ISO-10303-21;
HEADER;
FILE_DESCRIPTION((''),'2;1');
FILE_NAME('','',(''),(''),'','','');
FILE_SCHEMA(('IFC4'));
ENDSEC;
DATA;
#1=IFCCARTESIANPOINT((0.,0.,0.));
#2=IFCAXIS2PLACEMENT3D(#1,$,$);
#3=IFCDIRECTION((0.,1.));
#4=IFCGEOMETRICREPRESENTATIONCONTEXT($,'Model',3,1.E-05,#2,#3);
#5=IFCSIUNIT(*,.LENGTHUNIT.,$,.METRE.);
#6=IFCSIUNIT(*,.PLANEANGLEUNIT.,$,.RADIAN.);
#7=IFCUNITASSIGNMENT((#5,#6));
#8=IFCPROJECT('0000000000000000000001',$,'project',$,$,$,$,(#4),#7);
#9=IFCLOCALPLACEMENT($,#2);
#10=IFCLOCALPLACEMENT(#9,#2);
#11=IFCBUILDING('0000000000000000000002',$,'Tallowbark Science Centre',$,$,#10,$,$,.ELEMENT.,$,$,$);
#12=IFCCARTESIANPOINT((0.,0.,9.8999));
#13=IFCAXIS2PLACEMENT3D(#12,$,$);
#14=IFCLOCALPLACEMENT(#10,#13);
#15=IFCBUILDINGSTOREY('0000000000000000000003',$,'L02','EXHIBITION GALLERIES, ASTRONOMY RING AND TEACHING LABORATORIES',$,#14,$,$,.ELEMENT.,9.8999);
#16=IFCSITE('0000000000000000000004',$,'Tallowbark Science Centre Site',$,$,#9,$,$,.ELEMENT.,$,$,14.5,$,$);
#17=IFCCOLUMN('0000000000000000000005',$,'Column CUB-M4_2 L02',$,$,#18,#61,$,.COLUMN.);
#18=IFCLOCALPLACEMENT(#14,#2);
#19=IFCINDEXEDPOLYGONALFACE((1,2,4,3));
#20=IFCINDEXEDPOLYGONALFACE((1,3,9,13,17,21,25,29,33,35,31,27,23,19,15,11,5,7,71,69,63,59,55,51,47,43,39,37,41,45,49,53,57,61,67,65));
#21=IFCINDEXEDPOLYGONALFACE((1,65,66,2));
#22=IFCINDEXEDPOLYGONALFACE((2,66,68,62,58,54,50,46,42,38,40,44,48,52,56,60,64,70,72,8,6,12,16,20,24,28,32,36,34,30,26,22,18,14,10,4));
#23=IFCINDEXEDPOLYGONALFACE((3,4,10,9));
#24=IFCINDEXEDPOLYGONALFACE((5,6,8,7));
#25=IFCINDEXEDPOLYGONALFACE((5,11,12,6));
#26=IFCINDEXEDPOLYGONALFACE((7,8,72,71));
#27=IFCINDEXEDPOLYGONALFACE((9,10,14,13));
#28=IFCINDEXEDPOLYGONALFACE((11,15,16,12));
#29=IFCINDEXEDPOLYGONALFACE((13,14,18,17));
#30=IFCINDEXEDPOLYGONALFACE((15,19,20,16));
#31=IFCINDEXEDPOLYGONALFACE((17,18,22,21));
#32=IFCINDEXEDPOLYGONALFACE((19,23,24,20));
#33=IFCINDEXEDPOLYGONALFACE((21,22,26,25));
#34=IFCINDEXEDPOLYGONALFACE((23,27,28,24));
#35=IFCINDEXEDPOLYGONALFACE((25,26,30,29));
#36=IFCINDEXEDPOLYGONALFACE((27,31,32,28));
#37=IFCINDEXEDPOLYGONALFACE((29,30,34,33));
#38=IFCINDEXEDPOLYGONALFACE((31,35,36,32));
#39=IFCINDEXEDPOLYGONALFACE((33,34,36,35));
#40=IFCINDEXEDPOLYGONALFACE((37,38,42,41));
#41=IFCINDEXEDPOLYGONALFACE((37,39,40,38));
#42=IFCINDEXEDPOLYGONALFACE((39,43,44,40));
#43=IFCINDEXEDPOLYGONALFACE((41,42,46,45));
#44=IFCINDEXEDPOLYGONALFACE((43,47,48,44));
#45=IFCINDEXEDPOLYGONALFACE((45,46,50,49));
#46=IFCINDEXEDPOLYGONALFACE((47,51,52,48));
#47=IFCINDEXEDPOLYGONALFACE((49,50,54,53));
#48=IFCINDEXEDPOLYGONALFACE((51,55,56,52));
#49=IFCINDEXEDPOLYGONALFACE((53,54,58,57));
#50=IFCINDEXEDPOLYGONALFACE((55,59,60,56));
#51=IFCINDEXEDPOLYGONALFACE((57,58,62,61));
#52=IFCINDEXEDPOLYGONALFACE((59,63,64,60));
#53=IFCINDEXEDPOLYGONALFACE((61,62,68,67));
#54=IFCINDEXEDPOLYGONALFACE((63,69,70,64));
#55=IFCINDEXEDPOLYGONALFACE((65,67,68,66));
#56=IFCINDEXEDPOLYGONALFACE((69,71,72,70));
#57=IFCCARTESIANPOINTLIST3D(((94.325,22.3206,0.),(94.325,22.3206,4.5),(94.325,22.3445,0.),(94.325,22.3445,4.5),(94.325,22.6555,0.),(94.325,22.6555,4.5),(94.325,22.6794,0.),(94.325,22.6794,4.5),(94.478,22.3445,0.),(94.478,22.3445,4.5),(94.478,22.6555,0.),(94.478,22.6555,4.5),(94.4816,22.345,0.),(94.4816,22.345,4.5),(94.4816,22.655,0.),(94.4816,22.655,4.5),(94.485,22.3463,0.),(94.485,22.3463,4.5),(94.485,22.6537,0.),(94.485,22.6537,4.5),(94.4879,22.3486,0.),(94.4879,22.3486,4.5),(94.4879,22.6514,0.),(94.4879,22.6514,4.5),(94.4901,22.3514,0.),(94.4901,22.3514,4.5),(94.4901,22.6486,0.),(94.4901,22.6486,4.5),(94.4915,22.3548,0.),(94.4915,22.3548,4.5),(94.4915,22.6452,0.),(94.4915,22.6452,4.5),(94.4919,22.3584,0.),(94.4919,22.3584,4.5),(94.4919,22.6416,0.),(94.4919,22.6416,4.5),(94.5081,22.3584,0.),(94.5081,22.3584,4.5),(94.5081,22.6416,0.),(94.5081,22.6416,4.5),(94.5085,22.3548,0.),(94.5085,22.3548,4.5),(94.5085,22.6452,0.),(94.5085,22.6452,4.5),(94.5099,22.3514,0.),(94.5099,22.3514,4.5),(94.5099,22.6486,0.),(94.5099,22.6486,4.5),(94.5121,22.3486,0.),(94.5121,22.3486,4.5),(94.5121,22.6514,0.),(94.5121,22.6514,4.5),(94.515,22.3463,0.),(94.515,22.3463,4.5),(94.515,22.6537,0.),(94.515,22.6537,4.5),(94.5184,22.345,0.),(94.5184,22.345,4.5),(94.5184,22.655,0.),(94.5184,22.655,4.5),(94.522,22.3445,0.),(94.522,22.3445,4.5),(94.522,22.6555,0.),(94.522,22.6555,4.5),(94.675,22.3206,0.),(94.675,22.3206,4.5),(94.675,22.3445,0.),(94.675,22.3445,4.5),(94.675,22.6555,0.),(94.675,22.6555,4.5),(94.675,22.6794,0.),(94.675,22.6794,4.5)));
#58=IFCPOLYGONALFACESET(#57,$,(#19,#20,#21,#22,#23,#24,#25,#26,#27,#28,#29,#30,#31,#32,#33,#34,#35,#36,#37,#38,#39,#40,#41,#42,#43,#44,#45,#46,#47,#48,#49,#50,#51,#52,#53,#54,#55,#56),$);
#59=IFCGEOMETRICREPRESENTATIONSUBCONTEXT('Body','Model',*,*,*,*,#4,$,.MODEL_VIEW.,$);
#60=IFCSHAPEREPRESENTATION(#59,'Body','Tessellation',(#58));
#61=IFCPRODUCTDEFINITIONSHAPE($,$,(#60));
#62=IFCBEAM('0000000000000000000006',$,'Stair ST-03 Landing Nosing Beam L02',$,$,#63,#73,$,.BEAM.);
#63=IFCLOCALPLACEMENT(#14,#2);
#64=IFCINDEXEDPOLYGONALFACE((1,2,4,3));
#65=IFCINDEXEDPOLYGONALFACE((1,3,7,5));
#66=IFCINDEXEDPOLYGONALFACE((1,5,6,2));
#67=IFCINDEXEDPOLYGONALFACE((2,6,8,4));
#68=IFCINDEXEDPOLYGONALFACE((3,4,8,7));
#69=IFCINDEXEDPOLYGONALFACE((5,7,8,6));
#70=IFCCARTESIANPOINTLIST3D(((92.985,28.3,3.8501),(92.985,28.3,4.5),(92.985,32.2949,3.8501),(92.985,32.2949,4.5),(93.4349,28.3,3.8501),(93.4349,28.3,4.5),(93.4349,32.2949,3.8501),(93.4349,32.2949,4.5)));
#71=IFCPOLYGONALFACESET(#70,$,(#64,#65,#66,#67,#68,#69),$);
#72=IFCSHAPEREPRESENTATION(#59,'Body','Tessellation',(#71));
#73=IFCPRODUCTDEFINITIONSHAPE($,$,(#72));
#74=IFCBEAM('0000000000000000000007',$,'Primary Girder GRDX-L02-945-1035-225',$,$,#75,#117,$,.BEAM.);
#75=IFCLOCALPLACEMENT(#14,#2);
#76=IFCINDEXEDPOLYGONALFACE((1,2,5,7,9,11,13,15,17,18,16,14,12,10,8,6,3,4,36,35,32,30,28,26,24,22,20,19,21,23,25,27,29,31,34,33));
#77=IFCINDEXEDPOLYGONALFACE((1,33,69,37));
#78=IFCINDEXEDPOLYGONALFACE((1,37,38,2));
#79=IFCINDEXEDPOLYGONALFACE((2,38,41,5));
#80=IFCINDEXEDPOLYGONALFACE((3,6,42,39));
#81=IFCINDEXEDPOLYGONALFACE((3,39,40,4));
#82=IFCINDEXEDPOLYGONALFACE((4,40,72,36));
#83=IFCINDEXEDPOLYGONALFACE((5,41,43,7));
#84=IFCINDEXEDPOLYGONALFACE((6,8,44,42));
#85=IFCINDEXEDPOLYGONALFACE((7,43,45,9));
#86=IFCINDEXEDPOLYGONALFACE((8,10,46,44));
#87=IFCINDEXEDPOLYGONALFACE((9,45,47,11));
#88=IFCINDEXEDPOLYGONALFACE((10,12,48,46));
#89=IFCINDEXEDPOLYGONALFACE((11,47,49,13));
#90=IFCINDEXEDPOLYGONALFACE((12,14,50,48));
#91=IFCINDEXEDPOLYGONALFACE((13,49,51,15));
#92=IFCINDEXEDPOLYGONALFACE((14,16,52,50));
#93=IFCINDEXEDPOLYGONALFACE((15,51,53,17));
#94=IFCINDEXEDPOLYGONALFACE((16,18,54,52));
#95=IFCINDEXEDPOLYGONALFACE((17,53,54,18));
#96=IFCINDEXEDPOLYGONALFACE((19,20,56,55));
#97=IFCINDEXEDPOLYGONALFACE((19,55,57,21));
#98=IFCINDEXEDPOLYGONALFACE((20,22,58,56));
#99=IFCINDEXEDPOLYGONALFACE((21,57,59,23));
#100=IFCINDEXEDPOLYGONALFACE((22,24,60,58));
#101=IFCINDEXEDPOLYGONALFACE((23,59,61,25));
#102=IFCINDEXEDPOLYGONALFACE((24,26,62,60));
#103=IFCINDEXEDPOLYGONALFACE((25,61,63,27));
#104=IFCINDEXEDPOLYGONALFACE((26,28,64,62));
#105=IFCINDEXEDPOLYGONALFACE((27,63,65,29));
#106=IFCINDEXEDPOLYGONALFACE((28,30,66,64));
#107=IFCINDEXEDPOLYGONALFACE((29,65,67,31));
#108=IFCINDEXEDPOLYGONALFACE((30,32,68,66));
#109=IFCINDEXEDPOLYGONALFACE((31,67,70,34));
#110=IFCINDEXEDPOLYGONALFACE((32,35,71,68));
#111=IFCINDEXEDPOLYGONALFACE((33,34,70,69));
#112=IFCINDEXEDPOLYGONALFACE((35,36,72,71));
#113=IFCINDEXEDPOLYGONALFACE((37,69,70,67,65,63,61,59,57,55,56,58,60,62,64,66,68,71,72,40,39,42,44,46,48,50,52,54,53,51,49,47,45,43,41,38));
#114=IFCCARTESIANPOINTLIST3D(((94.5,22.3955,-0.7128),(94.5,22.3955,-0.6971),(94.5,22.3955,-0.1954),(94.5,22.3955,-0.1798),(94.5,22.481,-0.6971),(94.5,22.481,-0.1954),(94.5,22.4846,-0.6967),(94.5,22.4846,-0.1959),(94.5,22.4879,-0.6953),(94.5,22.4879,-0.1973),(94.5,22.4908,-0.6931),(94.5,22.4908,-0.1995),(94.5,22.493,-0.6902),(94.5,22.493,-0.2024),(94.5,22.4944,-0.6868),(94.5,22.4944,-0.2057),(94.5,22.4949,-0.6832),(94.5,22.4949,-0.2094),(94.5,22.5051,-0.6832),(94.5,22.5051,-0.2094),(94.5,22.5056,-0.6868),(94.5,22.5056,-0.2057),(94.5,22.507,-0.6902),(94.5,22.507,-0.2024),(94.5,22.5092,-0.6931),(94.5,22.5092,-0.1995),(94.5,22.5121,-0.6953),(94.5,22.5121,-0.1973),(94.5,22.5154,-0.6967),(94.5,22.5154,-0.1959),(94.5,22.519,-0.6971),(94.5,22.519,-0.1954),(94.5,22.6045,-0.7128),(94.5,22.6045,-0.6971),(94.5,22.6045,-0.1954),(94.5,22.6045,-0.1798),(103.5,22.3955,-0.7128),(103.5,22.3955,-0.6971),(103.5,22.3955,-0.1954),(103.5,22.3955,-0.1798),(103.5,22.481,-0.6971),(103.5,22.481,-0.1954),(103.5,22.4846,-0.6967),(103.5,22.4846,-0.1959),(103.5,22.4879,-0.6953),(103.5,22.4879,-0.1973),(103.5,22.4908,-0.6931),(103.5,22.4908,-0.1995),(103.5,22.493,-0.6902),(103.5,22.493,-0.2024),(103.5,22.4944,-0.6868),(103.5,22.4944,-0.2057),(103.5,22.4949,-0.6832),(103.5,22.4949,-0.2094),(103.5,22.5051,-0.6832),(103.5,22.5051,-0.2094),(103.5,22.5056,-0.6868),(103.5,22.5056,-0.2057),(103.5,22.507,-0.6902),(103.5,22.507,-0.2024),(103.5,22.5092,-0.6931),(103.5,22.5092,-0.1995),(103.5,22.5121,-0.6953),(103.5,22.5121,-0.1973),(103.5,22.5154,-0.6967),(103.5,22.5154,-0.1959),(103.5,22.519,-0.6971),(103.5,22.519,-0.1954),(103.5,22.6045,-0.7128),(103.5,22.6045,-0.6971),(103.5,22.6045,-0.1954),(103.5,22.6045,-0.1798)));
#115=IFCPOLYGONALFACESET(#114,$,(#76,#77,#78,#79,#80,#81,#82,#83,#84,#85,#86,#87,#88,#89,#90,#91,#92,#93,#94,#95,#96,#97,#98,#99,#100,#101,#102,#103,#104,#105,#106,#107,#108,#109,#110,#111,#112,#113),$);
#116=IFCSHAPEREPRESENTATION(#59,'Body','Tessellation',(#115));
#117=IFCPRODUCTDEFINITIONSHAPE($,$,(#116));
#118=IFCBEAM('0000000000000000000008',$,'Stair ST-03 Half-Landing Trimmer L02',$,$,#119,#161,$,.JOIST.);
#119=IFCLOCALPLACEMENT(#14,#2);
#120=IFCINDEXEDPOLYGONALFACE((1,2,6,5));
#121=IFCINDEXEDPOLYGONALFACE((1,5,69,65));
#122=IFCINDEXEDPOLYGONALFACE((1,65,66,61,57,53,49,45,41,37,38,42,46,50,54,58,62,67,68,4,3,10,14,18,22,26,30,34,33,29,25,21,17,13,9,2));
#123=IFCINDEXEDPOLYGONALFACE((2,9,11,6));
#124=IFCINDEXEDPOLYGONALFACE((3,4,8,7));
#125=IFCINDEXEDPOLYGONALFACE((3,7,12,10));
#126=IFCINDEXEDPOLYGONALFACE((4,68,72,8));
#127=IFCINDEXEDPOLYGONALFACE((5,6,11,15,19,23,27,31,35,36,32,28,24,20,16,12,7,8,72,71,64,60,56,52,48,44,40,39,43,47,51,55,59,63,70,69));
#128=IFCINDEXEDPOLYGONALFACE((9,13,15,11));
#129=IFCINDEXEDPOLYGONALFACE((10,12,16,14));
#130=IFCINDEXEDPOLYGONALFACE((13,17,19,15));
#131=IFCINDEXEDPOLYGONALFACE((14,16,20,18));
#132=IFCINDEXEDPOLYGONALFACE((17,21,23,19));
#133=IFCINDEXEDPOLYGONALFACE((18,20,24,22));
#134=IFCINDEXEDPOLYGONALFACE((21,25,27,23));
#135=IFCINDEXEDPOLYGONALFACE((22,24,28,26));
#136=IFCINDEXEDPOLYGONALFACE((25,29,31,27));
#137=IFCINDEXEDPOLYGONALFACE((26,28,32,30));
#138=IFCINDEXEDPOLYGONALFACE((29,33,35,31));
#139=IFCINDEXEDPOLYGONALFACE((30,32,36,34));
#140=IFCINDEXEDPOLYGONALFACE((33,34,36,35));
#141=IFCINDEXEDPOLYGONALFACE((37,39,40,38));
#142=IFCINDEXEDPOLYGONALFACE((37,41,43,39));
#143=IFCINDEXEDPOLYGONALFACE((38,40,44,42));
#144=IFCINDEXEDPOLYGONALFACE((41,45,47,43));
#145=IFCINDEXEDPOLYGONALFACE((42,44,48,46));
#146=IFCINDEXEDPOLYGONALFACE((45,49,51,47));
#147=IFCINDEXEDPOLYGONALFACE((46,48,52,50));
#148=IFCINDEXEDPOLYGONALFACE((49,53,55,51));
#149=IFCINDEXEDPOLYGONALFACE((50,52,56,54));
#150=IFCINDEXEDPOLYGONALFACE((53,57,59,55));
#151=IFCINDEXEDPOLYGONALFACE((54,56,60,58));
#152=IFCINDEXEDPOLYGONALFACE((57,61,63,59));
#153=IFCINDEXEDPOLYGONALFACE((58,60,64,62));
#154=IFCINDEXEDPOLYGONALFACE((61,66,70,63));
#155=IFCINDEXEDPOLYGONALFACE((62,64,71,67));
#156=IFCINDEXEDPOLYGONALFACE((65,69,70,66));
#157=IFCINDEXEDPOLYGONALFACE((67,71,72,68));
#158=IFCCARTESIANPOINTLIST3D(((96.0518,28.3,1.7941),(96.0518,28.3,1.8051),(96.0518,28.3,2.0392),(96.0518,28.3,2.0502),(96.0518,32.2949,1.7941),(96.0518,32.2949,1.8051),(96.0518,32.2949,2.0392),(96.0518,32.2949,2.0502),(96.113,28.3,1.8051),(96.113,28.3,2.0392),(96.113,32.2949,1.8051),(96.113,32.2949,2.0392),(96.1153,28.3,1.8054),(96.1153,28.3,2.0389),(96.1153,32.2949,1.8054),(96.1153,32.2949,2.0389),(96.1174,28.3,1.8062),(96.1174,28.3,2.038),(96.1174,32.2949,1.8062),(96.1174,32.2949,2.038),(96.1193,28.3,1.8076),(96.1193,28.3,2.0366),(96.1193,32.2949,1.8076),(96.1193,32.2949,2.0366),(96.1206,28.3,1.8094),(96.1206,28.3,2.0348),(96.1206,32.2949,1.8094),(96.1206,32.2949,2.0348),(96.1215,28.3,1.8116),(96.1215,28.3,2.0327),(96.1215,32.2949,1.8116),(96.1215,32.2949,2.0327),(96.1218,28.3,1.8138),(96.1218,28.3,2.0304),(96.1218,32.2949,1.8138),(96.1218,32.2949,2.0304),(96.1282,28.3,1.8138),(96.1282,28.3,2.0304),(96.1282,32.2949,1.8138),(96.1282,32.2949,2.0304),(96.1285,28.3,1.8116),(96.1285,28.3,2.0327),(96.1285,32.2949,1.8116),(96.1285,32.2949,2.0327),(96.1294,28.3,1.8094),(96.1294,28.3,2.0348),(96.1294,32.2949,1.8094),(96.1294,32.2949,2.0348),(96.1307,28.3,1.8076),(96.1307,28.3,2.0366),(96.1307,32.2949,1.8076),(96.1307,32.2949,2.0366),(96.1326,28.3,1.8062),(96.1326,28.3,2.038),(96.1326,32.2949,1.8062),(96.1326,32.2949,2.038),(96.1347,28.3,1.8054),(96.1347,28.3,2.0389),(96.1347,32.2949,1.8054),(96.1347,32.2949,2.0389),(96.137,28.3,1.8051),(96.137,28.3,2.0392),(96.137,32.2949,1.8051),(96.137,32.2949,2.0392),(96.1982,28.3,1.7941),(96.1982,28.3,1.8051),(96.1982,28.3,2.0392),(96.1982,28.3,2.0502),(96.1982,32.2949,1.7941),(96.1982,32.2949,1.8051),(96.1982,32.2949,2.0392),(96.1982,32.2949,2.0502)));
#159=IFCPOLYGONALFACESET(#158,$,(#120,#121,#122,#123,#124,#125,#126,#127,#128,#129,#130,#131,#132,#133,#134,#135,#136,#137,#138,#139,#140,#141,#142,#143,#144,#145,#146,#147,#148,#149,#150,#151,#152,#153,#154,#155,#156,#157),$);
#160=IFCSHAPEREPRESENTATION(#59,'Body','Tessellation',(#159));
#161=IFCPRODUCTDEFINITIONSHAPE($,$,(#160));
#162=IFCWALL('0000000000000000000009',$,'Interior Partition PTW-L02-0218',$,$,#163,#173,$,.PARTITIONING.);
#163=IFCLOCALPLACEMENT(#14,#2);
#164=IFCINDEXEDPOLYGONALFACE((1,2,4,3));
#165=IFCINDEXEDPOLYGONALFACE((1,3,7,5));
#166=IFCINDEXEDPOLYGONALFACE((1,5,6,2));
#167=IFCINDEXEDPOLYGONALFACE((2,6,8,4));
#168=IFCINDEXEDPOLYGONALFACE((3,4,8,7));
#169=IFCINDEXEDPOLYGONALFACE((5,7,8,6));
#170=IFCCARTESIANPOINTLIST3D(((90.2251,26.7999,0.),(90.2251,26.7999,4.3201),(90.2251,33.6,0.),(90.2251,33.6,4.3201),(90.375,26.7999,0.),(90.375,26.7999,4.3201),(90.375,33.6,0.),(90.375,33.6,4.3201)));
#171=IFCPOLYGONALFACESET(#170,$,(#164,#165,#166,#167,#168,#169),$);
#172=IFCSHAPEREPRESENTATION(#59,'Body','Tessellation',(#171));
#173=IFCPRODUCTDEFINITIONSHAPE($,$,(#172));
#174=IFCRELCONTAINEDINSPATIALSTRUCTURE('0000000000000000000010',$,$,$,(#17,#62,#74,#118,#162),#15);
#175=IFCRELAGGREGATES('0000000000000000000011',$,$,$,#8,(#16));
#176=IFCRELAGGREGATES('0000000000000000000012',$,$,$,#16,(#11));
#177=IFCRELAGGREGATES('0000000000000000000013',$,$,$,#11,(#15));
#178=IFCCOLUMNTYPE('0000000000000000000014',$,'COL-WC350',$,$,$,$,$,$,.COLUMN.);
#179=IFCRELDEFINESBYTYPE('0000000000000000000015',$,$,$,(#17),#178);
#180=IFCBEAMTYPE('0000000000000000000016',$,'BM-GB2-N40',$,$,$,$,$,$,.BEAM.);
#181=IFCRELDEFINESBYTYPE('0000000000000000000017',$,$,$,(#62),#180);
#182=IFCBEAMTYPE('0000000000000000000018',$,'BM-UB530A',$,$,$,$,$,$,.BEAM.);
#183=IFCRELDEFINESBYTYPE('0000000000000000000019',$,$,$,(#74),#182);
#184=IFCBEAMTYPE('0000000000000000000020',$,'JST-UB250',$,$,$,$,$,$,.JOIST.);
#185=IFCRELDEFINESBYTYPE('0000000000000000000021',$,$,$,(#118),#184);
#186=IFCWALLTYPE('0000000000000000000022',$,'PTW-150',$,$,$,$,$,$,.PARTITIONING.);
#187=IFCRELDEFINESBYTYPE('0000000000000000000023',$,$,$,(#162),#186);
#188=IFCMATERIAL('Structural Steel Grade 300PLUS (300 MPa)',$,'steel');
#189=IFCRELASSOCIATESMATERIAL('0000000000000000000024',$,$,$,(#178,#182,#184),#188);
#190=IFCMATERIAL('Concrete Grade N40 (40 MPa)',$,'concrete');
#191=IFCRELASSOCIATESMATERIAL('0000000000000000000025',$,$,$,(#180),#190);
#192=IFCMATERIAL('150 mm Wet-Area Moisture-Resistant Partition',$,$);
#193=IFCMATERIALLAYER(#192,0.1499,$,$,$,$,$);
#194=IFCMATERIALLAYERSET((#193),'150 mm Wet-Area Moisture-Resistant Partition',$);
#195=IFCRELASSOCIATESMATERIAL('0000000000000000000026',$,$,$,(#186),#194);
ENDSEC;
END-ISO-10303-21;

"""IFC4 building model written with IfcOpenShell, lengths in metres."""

from ifc_helpers import new_model, si_unit, direction, frame, frame_2d, origin, origin_2d, place, context, subcontext, project, spatial, rectangle, i_section, extrude, material, layer, layer_set, material_profile, profile_set, type_object, element, save


model = new_model("IFC4")

# Units and contexts
model_context = context("Model", 3, precision=1e-05, world=origin(), true_north=direction((0.0, 1.0)))
body_context = subcontext(model_context, "Body", "Model", "MODEL_VIEW")
ifc_project = project(units=[si_unit("LENGTHUNIT", "METRE"), si_unit("PLANEANGLEUNIT", "RADIAN")], contexts=[model_context])

# Site, building, storey
site_placement = place(None, origin())
site = spatial("IfcSite", under=ifc_project, at=site_placement, Name="Tallowbark Science Centre Site", CompositionType="ELEMENT", RefElevation=14.5)
building_placement = place(site_placement, origin())
building = spatial("IfcBuilding", under=site, at=building_placement, Name="Tallowbark Science Centre", CompositionType="ELEMENT")
storey_placement = place(building_placement, frame((0.0, 0.0, 9.8999)))
storey = spatial("IfcBuildingStorey", under=building, at=storey_placement, Name="L02", Description="EXHIBITION GALLERIES, ASTRONOMY RING AND TEACHING LABORATORIES", CompositionType="ELEMENT", Elevation=9.8999)

# Column
ifc_material_1 = material(Name="Structural Steel Grade 300PLUS (300 MPa)", Category="steel")
ifc_material_profile_1 = material_profile(ifc_material_1, i_section(OverallWidth=0.3501, OverallDepth=0.3589, WebThickness=0.0161, FlangeThickness=0.0239, FilletRadius=0.0139, at=origin_2d()), Name="350WC197")
ifc_profile_set_1 = profile_set([ifc_material_profile_1], Name="Structural Steel Grade 300PLUS (300 MPa)")
column_type = type_object("IfcColumnType", Name="COL-WC350", PredefinedType="COLUMN", material=ifc_profile_set_1)
column_placement = place(storey_placement, frame((94.5, 22.5, 0.0), z_axis=(0.0, 0.0, 1.0), x_axis=(1.0, 0.0, 0.0)))
element("IfcColumn", 1, at=column_placement, inside=storey, type_object=column_type, Name="Column CUB-M4_2 L02", PredefinedType="COLUMN", context=body_context, shape_type="SweptSolid", body=[
    extrude(i_section(OverallWidth=0.3501, OverallDepth=0.3589, WebThickness=0.0161, FlangeThickness=0.0239, FilletRadius=0.0139, at=origin_2d()), origin(), (0.0, 0.0, 1.0), 4.5),
])

# Beams
ifc_material_2 = material(Name="Concrete Grade N40 (40 MPa)", Category="concrete")
ifc_material_profile_2 = material_profile(ifc_material_2, rectangle(XDim=0.45, YDim=0.6499, at=origin_2d()), Name="RC450x650")
ifc_profile_set_2 = profile_set([ifc_material_profile_2], Name="Concrete Grade N40 (40 MPa)")
beam_type_1 = type_object("IfcBeamType", Name="BM-GB2-N40", PredefinedType="BEAM", material=ifc_profile_set_2)
beam_1_placement = place(storey_placement, frame((93.21, 28.3, 4.175), z_axis=(0.0, 1.0, 0.0), x_axis=(-1.0, 0.0, 0.0)))
element("IfcBeam", 2, at=beam_1_placement, inside=storey, type_object=beam_type_1, Name="Stair ST-03 Landing Nosing Beam L02", PredefinedType="BEAM", context=body_context, shape_type="SweptSolid", body=[
    extrude(rectangle(XDim=0.45, YDim=0.6499, at=origin_2d()), origin(), (0.0, 0.0, 1.0), 3.9949),
])
ifc_material_profile_3 = material_profile(ifc_material_1, i_section(OverallWidth=0.209, OverallDepth=0.533, WebThickness=0.0103, FlangeThickness=0.0156, FilletRadius=0.0139, at=origin_2d()), Name="530UB92.4")
ifc_profile_set_3 = profile_set([ifc_material_profile_3], Name="Structural Steel Grade 300PLUS (300 MPa)")
beam_type_2 = type_object("IfcBeamType", Name="BM-UB530A", PredefinedType="BEAM", material=ifc_profile_set_3)
beam_2_placement = place(storey_placement, frame((94.5, 22.5, -0.4463), z_axis=(1.0, 0.0, 0.0), x_axis=(0.0, 1.0, 0.0)))
element("IfcBeam", 3, at=beam_2_placement, inside=storey, type_object=beam_type_2, Name="Primary Girder GRDX-L02-945-1035-225", PredefinedType="BEAM", context=body_context, shape_type="SweptSolid", body=[
    extrude(i_section(OverallWidth=0.209, OverallDepth=0.533, WebThickness=0.0103, FlangeThickness=0.0156, FilletRadius=0.0139, at=origin_2d()), origin(), (0.0, 0.0, 1.0), 9.0),
])
ifc_material_profile_4 = material_profile(ifc_material_1, i_section(OverallWidth=0.1465, OverallDepth=0.2561, WebThickness=0.0063, FlangeThickness=0.011, FilletRadius=0.0088, at=origin_2d()), Name="250UB37.3")
ifc_profile_set_4 = profile_set([ifc_material_profile_4], Name="Structural Steel Grade 300PLUS (300 MPa)")
beam_type_3 = type_object("IfcBeamType", Name="JST-UB250", PredefinedType="JOIST", material=ifc_profile_set_4)
beam_3_placement = place(storey_placement, frame((96.125, 28.3, 1.9221), z_axis=(0.0, 1.0, 0.0), x_axis=(-1.0, 0.0, 0.0)))
element("IfcBeam", 4, at=beam_3_placement, inside=storey, type_object=beam_type_3, Name="Stair ST-03 Half-Landing Trimmer L02", PredefinedType="JOIST", context=body_context, shape_type="SweptSolid", body=[
    extrude(i_section(OverallWidth=0.1465, OverallDepth=0.2561, WebThickness=0.0063, FlangeThickness=0.011, FilletRadius=0.0088, at=origin_2d()), origin(), (0.0, 0.0, 1.0), 3.9949),
])

# Wall
ifc_material_3 = material(Name="150 mm Wet-Area Moisture-Resistant Partition")
ifc_layer_1 = layer(ifc_material_3, 0.1499)
ifc_layer_set_1 = layer_set([ifc_layer_1], Name="150 mm Wet-Area Moisture-Resistant Partition")
wall_type_1 = type_object("IfcWallType", Name="PTW-150", PredefinedType="PARTITIONING", material=ifc_layer_set_1)
wall_1_placement = place(storey_placement, frame((90.3, 26.8, 0.0), z_axis=(0.0, 0.0, 1.0), x_axis=(0.0, 1.0, 0.0)))
element("IfcWall", 5, at=wall_1_placement, inside=storey, type_object=wall_type_1, Name="Interior Partition PTW-L02-0218", PredefinedType="PARTITIONING", context=body_context, shape_type="SweptSolid", body=[
    extrude(rectangle(XDim=6.8, YDim=0.1499, at=frame_2d((3.3999, 0.0))), origin(), (0.0, 0.0, 1.0), 4.3201),
])

save(model, "model.ifc")
